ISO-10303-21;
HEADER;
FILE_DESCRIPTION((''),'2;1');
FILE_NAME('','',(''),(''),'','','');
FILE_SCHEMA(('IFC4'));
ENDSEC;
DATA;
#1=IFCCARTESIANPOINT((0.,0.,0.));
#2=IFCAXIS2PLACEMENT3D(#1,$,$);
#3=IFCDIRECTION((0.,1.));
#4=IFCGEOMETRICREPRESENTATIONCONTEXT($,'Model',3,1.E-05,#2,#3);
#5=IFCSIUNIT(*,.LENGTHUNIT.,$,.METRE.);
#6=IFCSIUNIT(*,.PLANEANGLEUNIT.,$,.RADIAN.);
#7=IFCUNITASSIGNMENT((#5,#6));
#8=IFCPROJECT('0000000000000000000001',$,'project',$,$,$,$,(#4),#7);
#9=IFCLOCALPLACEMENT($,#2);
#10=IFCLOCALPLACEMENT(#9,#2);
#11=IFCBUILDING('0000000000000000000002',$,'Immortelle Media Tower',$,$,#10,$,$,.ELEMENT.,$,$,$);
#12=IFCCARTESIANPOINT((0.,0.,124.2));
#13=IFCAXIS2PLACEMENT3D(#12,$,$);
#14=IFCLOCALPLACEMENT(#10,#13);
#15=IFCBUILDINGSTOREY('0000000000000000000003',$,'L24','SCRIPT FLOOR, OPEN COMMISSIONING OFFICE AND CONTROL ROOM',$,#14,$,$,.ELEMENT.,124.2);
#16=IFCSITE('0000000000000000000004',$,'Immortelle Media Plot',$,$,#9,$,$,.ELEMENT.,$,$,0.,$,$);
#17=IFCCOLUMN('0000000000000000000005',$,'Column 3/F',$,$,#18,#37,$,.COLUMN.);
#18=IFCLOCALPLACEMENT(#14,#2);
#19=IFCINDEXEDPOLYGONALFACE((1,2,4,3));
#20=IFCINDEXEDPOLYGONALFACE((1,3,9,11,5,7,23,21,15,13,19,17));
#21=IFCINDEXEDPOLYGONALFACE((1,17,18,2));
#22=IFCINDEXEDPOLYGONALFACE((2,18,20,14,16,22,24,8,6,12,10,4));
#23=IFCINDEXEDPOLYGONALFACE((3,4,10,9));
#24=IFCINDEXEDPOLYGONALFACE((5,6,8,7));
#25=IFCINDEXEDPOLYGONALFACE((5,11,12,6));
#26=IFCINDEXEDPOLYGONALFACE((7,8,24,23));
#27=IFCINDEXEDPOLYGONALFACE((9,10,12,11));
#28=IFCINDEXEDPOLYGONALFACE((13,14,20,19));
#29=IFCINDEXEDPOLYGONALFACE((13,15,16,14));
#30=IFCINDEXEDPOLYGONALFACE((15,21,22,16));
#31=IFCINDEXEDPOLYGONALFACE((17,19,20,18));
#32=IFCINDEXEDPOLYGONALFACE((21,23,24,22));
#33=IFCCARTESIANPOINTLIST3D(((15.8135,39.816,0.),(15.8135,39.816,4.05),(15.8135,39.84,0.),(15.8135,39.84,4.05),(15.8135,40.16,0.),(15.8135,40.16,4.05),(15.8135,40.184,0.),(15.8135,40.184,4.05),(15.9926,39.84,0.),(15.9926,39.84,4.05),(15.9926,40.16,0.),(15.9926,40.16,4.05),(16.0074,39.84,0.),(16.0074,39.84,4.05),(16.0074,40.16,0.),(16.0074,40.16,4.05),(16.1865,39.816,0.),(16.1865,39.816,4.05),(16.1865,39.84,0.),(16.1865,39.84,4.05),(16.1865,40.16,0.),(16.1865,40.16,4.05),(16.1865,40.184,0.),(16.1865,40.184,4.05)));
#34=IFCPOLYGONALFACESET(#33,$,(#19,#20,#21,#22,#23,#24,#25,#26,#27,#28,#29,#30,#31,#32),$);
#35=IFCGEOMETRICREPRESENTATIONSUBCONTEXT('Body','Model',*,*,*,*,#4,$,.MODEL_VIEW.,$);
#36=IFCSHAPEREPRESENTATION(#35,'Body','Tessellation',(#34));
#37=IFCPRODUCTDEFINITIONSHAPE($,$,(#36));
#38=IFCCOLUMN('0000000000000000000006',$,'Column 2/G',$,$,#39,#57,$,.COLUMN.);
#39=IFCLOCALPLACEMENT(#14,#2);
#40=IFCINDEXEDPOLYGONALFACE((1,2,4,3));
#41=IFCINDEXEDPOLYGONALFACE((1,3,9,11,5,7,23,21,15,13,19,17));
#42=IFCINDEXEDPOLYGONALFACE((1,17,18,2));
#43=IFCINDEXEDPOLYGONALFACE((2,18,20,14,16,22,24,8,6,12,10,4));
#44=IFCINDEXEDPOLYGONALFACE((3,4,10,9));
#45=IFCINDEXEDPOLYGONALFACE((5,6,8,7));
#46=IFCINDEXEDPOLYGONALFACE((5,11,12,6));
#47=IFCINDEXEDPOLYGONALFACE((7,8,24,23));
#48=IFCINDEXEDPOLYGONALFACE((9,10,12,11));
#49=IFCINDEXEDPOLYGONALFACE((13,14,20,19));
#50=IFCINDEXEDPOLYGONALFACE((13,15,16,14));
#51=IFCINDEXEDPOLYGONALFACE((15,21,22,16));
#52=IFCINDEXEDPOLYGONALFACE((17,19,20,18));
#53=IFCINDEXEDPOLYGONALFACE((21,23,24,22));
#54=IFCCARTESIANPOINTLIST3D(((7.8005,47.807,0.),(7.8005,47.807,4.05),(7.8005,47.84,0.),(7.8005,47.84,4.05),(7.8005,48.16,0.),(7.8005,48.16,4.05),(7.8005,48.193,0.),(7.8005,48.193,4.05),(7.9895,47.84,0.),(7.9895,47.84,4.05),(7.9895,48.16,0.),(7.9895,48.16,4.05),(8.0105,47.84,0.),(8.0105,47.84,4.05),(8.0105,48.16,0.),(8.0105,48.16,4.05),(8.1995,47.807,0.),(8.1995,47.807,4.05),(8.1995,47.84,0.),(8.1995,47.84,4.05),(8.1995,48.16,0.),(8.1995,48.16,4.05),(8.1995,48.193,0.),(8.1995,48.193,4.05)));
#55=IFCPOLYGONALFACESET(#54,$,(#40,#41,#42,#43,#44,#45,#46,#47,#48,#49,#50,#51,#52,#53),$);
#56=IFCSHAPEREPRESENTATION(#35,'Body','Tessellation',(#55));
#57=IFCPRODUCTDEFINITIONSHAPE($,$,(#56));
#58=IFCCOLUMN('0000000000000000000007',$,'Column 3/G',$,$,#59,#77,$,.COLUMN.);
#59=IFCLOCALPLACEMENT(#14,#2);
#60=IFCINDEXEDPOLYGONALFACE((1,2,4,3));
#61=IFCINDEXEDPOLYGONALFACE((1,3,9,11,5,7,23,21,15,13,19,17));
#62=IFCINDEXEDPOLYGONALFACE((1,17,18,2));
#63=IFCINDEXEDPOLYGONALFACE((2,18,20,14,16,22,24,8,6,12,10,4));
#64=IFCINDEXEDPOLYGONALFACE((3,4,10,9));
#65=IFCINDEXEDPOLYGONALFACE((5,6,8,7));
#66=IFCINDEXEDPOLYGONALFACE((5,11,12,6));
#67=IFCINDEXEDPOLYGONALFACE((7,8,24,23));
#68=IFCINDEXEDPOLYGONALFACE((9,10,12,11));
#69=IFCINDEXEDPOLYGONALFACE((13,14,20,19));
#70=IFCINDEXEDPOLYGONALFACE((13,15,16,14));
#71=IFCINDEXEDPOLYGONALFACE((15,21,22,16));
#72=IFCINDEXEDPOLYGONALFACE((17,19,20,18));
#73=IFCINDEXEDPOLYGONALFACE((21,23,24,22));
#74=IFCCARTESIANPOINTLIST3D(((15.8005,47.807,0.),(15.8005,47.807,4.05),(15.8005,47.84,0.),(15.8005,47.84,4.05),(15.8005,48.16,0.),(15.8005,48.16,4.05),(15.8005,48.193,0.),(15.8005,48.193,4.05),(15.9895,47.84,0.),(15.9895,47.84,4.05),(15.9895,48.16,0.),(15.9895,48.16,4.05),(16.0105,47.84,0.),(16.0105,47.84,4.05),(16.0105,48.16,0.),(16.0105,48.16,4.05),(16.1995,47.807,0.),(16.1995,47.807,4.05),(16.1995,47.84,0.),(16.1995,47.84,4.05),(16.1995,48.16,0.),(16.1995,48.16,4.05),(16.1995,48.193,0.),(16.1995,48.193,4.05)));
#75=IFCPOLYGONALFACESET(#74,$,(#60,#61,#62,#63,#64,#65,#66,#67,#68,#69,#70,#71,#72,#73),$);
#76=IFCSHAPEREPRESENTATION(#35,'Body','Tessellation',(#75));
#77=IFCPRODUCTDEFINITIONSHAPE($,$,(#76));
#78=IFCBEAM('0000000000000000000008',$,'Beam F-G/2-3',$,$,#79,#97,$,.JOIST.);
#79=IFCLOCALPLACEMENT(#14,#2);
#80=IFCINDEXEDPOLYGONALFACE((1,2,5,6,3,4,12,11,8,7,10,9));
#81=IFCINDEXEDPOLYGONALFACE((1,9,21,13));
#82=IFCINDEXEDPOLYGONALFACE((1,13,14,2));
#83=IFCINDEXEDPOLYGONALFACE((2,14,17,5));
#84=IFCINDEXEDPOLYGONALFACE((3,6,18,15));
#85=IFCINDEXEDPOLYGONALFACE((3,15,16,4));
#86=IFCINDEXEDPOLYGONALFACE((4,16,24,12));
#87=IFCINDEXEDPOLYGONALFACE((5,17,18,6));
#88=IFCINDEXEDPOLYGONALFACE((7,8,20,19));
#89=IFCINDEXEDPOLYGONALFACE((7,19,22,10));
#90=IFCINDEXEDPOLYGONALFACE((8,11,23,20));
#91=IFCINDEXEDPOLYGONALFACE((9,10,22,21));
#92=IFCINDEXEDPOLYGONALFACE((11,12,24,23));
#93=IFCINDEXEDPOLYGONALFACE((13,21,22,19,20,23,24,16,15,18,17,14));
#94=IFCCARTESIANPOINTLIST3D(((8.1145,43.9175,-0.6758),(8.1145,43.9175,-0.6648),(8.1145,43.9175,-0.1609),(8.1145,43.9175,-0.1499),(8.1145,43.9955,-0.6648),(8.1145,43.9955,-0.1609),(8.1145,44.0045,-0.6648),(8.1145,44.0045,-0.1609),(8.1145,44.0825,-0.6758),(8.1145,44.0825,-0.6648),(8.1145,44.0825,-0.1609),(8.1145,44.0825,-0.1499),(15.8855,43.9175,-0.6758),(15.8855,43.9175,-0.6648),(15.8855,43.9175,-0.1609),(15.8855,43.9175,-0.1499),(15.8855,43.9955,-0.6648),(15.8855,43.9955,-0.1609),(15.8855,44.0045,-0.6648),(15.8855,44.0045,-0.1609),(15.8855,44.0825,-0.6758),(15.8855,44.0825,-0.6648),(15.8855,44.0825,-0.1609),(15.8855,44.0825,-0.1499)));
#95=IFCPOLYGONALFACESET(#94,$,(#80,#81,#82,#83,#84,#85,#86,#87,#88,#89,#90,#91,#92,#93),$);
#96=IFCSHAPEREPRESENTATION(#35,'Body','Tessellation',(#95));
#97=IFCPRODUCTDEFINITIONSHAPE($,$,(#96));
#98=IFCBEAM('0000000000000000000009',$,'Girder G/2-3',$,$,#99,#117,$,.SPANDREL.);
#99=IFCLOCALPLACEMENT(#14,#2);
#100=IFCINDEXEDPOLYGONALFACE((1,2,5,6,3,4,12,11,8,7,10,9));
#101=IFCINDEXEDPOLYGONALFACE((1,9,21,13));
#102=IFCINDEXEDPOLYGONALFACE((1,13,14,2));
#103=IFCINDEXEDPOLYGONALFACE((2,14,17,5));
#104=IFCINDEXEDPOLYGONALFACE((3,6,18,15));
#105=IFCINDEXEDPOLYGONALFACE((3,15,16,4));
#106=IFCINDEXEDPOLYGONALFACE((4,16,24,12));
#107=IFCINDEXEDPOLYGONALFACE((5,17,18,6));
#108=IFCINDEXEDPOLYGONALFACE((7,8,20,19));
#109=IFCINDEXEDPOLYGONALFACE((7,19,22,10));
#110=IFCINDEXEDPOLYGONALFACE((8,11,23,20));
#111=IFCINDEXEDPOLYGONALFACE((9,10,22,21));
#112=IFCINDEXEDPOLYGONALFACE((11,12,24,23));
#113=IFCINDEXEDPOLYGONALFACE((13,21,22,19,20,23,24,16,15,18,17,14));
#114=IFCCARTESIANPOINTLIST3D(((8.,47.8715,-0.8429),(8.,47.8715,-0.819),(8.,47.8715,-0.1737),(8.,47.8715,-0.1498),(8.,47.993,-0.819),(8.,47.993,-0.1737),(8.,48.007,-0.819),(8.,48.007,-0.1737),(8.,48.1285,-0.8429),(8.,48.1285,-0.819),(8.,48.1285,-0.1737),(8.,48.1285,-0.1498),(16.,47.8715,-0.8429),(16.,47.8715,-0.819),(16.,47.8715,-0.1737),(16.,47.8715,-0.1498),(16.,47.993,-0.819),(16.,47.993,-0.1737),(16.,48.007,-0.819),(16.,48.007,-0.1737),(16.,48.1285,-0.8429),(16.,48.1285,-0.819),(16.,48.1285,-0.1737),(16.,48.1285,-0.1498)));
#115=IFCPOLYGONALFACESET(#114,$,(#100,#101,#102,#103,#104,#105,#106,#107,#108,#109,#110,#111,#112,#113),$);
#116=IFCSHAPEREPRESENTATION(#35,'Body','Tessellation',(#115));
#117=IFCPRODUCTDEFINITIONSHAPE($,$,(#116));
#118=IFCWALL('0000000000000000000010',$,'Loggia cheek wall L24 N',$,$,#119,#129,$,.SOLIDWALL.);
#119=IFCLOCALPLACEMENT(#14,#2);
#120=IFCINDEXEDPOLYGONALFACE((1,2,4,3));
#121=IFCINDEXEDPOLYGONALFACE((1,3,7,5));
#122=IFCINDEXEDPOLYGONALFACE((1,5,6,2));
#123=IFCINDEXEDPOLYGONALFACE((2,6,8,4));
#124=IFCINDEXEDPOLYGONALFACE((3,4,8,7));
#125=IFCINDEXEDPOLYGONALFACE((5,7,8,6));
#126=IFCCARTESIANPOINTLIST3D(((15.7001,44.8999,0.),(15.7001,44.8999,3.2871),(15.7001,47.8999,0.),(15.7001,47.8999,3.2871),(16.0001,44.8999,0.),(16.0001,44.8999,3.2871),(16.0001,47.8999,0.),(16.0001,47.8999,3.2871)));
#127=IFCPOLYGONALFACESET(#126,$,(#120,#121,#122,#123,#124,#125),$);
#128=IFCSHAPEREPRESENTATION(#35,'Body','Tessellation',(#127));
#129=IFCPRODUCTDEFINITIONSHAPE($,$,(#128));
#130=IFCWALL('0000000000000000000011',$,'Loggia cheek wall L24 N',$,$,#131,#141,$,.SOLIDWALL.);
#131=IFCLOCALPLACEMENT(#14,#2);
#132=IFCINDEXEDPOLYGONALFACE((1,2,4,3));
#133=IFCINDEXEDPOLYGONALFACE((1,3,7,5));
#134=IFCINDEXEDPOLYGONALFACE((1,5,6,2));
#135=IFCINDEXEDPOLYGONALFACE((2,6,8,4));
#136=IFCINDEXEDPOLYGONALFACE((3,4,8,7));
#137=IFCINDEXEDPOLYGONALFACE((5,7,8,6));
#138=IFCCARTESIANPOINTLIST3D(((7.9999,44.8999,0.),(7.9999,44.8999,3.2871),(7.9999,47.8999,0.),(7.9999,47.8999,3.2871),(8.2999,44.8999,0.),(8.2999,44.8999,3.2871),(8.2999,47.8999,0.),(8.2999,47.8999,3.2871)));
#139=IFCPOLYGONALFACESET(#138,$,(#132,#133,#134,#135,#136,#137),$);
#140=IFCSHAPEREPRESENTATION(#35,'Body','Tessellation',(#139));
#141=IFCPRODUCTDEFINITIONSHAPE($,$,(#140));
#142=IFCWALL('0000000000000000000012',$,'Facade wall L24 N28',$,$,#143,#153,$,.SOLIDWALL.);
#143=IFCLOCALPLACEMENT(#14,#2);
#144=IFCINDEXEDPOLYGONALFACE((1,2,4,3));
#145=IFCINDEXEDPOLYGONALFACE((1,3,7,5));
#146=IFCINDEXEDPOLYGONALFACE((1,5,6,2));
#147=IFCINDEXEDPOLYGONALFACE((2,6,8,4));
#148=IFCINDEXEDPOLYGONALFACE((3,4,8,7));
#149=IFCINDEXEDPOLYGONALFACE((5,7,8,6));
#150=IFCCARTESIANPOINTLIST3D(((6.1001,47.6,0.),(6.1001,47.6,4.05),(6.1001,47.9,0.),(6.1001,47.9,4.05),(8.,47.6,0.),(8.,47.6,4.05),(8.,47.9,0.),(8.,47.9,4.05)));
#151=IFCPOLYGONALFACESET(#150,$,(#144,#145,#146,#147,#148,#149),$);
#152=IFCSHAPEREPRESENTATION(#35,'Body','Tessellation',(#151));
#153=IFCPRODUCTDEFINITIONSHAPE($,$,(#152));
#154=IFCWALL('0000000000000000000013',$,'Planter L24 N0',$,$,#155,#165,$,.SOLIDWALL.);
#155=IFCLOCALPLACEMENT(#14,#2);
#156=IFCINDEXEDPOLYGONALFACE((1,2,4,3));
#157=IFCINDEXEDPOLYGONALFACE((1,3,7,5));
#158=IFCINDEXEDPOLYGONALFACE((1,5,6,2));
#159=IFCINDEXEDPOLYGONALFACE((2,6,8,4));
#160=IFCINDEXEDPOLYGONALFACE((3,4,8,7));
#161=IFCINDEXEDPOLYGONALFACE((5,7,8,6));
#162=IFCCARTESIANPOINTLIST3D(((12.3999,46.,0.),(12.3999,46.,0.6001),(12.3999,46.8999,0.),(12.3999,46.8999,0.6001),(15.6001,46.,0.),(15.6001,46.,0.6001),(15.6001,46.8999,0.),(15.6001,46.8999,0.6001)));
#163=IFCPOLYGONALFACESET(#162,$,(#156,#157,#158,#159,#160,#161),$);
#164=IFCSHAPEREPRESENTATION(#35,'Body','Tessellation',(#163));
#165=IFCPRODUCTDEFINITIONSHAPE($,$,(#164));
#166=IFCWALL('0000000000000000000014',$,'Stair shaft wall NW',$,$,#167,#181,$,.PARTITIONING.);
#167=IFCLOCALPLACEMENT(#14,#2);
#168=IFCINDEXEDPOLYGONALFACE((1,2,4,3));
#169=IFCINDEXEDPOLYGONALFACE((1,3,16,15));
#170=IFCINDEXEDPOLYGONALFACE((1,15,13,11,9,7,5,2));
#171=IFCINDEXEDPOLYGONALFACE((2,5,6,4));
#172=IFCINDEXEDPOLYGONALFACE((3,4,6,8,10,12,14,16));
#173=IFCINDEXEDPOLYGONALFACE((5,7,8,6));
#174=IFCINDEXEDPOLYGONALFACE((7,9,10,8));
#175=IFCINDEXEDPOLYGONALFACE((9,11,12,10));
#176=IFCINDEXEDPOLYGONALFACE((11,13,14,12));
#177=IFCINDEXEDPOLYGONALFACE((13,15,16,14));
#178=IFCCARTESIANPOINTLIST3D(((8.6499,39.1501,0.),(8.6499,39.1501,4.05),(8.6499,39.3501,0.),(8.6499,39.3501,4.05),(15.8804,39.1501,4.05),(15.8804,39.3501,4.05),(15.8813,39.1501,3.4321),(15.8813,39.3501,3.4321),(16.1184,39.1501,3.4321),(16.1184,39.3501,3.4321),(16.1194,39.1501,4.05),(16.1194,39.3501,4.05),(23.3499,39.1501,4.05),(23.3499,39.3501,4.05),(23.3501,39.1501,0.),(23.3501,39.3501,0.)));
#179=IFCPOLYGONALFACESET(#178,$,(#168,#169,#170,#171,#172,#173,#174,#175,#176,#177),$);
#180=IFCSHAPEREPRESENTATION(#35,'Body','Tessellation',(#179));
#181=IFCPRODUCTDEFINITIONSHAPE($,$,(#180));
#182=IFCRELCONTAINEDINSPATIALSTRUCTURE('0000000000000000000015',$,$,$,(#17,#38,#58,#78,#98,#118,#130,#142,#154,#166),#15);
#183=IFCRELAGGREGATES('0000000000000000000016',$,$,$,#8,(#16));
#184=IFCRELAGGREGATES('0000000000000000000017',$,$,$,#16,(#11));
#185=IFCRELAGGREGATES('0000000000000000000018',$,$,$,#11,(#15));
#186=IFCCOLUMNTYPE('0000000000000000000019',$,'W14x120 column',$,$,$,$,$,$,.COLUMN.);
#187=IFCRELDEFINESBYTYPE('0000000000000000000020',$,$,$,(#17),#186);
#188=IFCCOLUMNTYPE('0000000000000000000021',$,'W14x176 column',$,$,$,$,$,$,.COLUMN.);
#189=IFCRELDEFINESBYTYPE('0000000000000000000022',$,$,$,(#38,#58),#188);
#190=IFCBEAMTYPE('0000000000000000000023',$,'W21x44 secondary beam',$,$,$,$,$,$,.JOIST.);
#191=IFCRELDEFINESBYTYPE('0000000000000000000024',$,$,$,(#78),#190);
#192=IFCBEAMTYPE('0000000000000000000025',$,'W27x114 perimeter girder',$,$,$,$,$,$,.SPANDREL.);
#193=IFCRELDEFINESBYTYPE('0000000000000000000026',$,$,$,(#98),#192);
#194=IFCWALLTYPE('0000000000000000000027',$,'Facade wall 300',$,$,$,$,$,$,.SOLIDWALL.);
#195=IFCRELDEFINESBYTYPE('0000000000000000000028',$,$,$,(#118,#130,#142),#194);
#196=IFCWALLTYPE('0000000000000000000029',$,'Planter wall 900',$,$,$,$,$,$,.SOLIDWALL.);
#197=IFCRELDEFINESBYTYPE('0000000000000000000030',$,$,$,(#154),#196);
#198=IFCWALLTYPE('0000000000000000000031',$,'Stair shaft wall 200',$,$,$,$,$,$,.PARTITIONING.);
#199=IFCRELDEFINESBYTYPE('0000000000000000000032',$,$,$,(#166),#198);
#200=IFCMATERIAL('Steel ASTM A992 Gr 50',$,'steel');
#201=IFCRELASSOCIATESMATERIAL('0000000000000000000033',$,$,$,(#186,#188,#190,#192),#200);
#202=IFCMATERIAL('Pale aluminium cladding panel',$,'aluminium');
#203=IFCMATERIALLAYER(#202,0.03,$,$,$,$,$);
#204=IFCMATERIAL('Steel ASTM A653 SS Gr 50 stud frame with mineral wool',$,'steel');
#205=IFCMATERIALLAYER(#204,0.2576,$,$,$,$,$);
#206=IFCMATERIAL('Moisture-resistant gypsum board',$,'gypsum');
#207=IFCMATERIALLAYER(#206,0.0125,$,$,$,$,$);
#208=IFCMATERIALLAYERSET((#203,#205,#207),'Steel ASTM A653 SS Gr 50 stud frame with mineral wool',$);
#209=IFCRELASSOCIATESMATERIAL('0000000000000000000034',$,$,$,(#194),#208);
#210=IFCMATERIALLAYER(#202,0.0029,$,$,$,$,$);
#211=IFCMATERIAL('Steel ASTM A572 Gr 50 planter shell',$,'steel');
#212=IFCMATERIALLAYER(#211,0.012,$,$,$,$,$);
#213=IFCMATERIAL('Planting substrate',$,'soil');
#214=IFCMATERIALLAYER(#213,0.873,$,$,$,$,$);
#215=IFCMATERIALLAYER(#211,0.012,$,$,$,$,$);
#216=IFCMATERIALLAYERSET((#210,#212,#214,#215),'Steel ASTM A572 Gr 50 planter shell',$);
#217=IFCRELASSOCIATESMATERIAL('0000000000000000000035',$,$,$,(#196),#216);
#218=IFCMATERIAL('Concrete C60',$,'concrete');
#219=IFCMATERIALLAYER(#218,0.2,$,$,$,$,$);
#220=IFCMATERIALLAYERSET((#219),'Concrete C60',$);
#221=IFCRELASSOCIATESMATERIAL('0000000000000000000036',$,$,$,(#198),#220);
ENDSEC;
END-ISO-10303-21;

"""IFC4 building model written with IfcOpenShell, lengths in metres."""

from ifc_helpers import new_model, si_unit, direction, frame, frame_2d, origin, origin_2d, place, context, subcontext, project, spatial, polyline, rectangle, i_section, outline, extrude, material, layer, layer_set, material_profile, profile_set, type_object, element, save


model = new_model("IFC4")

# Units and contexts
model_context = context("Model", 3, precision=1e-05, world=origin(), true_north=direction((0.0, 1.0)))
body_context = subcontext(model_context, "Body", "Model", "MODEL_VIEW")
ifc_project = project(units=[si_unit("LENGTHUNIT", "METRE"), si_unit("PLANEANGLEUNIT", "RADIAN")], contexts=[model_context])

# Site, building, storey
site_placement = place(None, origin())
site = spatial("IfcSite", under=ifc_project, at=site_placement, Name="Immortelle Media Plot", CompositionType="ELEMENT", RefElevation=0.0)
building_placement = place(site_placement, origin())
building = spatial("IfcBuilding", under=site, at=building_placement, Name="Immortelle Media Tower", CompositionType="ELEMENT")
storey_placement = place(building_placement, frame((0.0, 0.0, 124.2)))
storey = spatial("IfcBuildingStorey", under=building, at=storey_placement, Name="L24", Description="SCRIPT FLOOR, OPEN COMMISSIONING OFFICE AND CONTROL ROOM", CompositionType="ELEMENT", Elevation=124.2)

# Columns
ifc_material_1 = material(Name="Steel ASTM A992 Gr 50", Category="steel")
ifc_material_profile_1 = material_profile(ifc_material_1, i_section(OverallWidth=0.373, OverallDepth=0.3679, WebThickness=0.0149, FlangeThickness=0.0239, at=origin_2d()), Name="W14x120")
ifc_profile_set_1 = profile_set([ifc_material_profile_1], Name="Steel ASTM A992 Gr 50")
column_type_1 = type_object("IfcColumnType", Name="W14x120 column", PredefinedType="COLUMN", material=ifc_profile_set_1)
column_placement = place(storey_placement, frame((16.0, 40.0, 0.0), z_axis=(0.0, 0.0, 1.0), x_axis=(1.0, 0.0, 0.0)))
element("IfcColumn", 1, at=column_placement, inside=storey, type_object=column_type_1, Name="Column 3/F", PredefinedType="COLUMN", context=body_context, shape_type="SweptSolid", body=[
    extrude(i_section(OverallWidth=0.373, OverallDepth=0.3679, WebThickness=0.0149, FlangeThickness=0.0239, at=origin_2d()), origin(), (0.0, 0.0, 1.0), 4.05),
])
ifc_material_profile_2 = material_profile(ifc_material_1, i_section(OverallWidth=0.3989, OverallDepth=0.386, WebThickness=0.021, FlangeThickness=0.033, at=origin_2d()), Name="W14x176")
ifc_profile_set_2 = profile_set([ifc_material_profile_2], Name="Steel ASTM A992 Gr 50")
column_type_2 = type_object("IfcColumnType", Name="W14x176 column", PredefinedType="COLUMN", material=ifc_profile_set_2)
for number, where, z_axis, x_axis, name in (
    (2, (8.0, 48.0, 0.0), (0.0, 0.0, 1.0), (1.0, 0.0, 0.0), "Column 2/G"),
    (3, (16.0, 48.0, 0.0), (0.0, 0.0, 1.0), (1.0, 0.0, 0.0), "Column 3/G"),
):
    element("IfcColumn", number, at=place(storey_placement, frame(where, z_axis=z_axis, x_axis=x_axis)), inside=storey, type_object=column_type_2, Name=name, PredefinedType="COLUMN", context=body_context, shape_type="SweptSolid", body=[
        extrude(i_section(OverallWidth=0.3989, OverallDepth=0.386, WebThickness=0.021, FlangeThickness=0.033, at=origin_2d()), origin(), (0.0, 0.0, 1.0), 4.05),
    ])

# Beams
ifc_material_profile_3 = material_profile(ifc_material_1, i_section(OverallWidth=0.165, OverallDepth=0.5259, WebThickness=0.009, FlangeThickness=0.011, at=origin_2d()), Name="W21x44")
ifc_profile_set_3 = profile_set([ifc_material_profile_3], Name="Steel ASTM A992 Gr 50")
beam_type_1 = type_object("IfcBeamType", Name="W21x44 secondary beam", PredefinedType="JOIST", material=ifc_profile_set_3)
beam_1_placement = place(storey_placement, frame((8.1145, 44.0, -0.4128), z_axis=(1.0, 0.0, 0.0), x_axis=(0.0, 1.0, 0.0)))
element("IfcBeam", 4, at=beam_1_placement, inside=storey, type_object=beam_type_1, Name="Beam F-G/2-3", PredefinedType="JOIST", context=body_context, shape_type="SweptSolid", body=[
    extrude(i_section(OverallWidth=0.165, OverallDepth=0.5259, WebThickness=0.009, FlangeThickness=0.011, at=origin_2d()), origin(), (0.0, 0.0, 1.0), 7.771),
])
ifc_material_profile_4 = material_profile(ifc_material_1, i_section(OverallWidth=0.2571, OverallDepth=0.6931, WebThickness=0.0139, FlangeThickness=0.0239, at=origin_2d()), Name="W27x114")
ifc_profile_set_4 = profile_set([ifc_material_profile_4], Name="Steel ASTM A992 Gr 50")
beam_type_2 = type_object("IfcBeamType", Name="W27x114 perimeter girder", PredefinedType="SPANDREL", material=ifc_profile_set_4)
beam_2_placement = place(storey_placement, frame((8.0, 48.0, -0.4963), z_axis=(1.0, 0.0, 0.0), x_axis=(0.0, 1.0, 0.0)))
element("IfcBeam", 5, at=beam_2_placement, inside=storey, type_object=beam_type_2, Name="Girder G/2-3", PredefinedType="SPANDREL", context=body_context, shape_type="SweptSolid", body=[
    extrude(i_section(OverallWidth=0.2571, OverallDepth=0.6931, WebThickness=0.0139, FlangeThickness=0.0239, at=origin_2d()), origin(), (0.0, 0.0, 1.0), 8.0),
])

# Shared definitions
ifc_material_2 = material(Name="Pale aluminium cladding panel", Category="aluminium")
ifc_layer_1 = layer(ifc_material_2, 0.03)
ifc_material_3 = material(Name="Steel ASTM A653 SS Gr 50 stud frame with mineral wool", Category="steel")
ifc_layer_2 = layer(ifc_material_3, 0.2576)
ifc_material_4 = material(Name="Moisture-resistant gypsum board", Category="gypsum")
ifc_layer_3 = layer(ifc_material_4, 0.0125)
ifc_layer_set_1 = layer_set([ifc_layer_1, ifc_layer_2, ifc_layer_3], Name="Steel ASTM A653 SS Gr 50 stud frame with mineral wool")
wall_type_1 = type_object("IfcWallType", Name="Facade wall 300", PredefinedType="SOLIDWALL", material=ifc_layer_set_1)

# Walls
for number, where, z_axis, x_axis, name in (
    (6, (15.8501, 47.8999, 0.0), (0.0, 0.0, 1.0), (0.0, -1.0, 0.0), "Loggia cheek wall L24 N"),
    (7, (8.1499, 47.8999, 0.0), (0.0, 0.0, 1.0), (0.0, -1.0, 0.0), "Loggia cheek wall L24 N"),
):
    element("IfcWall", number, at=place(storey_placement, frame(where, z_axis=z_axis, x_axis=x_axis)), inside=storey, type_object=wall_type_1, Name=name, PredefinedType="SOLIDWALL", context=body_context, shape_type="SweptSolid", body=[
        extrude(rectangle(XDim=3.0, YDim=0.3, at=frame_2d((1.5, 0.0))), origin(), (0.0, 0.0, 1.0), 3.2871),
    ])
wall_1_placement = place(storey_placement, frame((8.0, 47.75, 0.0), z_axis=(0.0, 0.0, 1.0), x_axis=(-1.0, 0.0, 0.0)))
element("IfcWall", 8, at=wall_1_placement, inside=storey, type_object=wall_type_1, Name="Facade wall L24 N28", PredefinedType="SOLIDWALL", context=body_context, shape_type="SweptSolid", body=[
    extrude(rectangle(XDim=1.8999, YDim=0.3, at=frame_2d((0.95, 0.0))), origin(), (0.0, 0.0, 1.0), 4.05),
])
ifc_layer_4 = layer(ifc_material_2, 0.0029)
ifc_material_5 = material(Name="Steel ASTM A572 Gr 50 planter shell", Category="steel")
ifc_layer_5 = layer(ifc_material_5, 0.012)
ifc_material_6 = material(Name="Planting substrate", Category="soil")
ifc_layer_6 = layer(ifc_material_6, 0.873)
ifc_layer_7 = layer(ifc_material_5, 0.012)
ifc_layer_set_2 = layer_set([ifc_layer_4, ifc_layer_5, ifc_layer_6, ifc_layer_7], Name="Steel ASTM A572 Gr 50 planter shell")
wall_type_2 = type_object("IfcWallType", Name="Planter wall 900", PredefinedType="SOLIDWALL", material=ifc_layer_set_2)
wall_2_placement = place(storey_placement, frame((15.6001, 46.45, 0.0), z_axis=(0.0, 0.0, 1.0), x_axis=(-1.0, 0.0, 0.0)))
element("IfcWall", 9, at=wall_2_placement, inside=storey, type_object=wall_type_2, Name="Planter L24 N0", PredefinedType="SOLIDWALL", context=body_context, shape_type="SweptSolid", body=[
    extrude(rectangle(XDim=3.2002, YDim=0.8999, at=frame_2d((1.6001, 0.0))), origin(), (0.0, 0.0, 1.0), 0.6001),
])
ifc_material_7 = material(Name="Concrete C60", Category="concrete")
ifc_layer_8 = layer(ifc_material_7, 0.2)
ifc_layer_set_3 = layer_set([ifc_layer_8], Name="Concrete C60")
wall_type_3 = type_object("IfcWallType", Name="Stair shaft wall 200", PredefinedType="PARTITIONING", material=ifc_layer_set_3)
wall_3_placement = place(storey_placement, frame((8.6499, 39.25, 0.0), z_axis=(0.0, 0.0, 1.0), x_axis=(1.0, 0.0, 0.0)))
element("IfcWall", 10, at=wall_3_placement, inside=storey, type_object=wall_type_3, Name="Stair shaft wall NW", PredefinedType="PARTITIONING", context=body_context, shape_type="SweptSolid", body=[
    extrude(outline(polyline([(0.0, 0.0), (14.7002, 0.0), (14.7, 4.05), (7.4695, 4.05), (7.4685, 3.4321), (7.2314, 3.4321), (7.2305, 4.05), (0.0, 4.05), (0.0, 0.0)])), frame((0.0, 0.1001, 0.0), z_axis=(0.0, -1.0, 0.0), x_axis=(1.0, 0.0, 0.0)), (0.0, 0.0, 1.0), 0.2),
])

save(model, "model.ifc")
